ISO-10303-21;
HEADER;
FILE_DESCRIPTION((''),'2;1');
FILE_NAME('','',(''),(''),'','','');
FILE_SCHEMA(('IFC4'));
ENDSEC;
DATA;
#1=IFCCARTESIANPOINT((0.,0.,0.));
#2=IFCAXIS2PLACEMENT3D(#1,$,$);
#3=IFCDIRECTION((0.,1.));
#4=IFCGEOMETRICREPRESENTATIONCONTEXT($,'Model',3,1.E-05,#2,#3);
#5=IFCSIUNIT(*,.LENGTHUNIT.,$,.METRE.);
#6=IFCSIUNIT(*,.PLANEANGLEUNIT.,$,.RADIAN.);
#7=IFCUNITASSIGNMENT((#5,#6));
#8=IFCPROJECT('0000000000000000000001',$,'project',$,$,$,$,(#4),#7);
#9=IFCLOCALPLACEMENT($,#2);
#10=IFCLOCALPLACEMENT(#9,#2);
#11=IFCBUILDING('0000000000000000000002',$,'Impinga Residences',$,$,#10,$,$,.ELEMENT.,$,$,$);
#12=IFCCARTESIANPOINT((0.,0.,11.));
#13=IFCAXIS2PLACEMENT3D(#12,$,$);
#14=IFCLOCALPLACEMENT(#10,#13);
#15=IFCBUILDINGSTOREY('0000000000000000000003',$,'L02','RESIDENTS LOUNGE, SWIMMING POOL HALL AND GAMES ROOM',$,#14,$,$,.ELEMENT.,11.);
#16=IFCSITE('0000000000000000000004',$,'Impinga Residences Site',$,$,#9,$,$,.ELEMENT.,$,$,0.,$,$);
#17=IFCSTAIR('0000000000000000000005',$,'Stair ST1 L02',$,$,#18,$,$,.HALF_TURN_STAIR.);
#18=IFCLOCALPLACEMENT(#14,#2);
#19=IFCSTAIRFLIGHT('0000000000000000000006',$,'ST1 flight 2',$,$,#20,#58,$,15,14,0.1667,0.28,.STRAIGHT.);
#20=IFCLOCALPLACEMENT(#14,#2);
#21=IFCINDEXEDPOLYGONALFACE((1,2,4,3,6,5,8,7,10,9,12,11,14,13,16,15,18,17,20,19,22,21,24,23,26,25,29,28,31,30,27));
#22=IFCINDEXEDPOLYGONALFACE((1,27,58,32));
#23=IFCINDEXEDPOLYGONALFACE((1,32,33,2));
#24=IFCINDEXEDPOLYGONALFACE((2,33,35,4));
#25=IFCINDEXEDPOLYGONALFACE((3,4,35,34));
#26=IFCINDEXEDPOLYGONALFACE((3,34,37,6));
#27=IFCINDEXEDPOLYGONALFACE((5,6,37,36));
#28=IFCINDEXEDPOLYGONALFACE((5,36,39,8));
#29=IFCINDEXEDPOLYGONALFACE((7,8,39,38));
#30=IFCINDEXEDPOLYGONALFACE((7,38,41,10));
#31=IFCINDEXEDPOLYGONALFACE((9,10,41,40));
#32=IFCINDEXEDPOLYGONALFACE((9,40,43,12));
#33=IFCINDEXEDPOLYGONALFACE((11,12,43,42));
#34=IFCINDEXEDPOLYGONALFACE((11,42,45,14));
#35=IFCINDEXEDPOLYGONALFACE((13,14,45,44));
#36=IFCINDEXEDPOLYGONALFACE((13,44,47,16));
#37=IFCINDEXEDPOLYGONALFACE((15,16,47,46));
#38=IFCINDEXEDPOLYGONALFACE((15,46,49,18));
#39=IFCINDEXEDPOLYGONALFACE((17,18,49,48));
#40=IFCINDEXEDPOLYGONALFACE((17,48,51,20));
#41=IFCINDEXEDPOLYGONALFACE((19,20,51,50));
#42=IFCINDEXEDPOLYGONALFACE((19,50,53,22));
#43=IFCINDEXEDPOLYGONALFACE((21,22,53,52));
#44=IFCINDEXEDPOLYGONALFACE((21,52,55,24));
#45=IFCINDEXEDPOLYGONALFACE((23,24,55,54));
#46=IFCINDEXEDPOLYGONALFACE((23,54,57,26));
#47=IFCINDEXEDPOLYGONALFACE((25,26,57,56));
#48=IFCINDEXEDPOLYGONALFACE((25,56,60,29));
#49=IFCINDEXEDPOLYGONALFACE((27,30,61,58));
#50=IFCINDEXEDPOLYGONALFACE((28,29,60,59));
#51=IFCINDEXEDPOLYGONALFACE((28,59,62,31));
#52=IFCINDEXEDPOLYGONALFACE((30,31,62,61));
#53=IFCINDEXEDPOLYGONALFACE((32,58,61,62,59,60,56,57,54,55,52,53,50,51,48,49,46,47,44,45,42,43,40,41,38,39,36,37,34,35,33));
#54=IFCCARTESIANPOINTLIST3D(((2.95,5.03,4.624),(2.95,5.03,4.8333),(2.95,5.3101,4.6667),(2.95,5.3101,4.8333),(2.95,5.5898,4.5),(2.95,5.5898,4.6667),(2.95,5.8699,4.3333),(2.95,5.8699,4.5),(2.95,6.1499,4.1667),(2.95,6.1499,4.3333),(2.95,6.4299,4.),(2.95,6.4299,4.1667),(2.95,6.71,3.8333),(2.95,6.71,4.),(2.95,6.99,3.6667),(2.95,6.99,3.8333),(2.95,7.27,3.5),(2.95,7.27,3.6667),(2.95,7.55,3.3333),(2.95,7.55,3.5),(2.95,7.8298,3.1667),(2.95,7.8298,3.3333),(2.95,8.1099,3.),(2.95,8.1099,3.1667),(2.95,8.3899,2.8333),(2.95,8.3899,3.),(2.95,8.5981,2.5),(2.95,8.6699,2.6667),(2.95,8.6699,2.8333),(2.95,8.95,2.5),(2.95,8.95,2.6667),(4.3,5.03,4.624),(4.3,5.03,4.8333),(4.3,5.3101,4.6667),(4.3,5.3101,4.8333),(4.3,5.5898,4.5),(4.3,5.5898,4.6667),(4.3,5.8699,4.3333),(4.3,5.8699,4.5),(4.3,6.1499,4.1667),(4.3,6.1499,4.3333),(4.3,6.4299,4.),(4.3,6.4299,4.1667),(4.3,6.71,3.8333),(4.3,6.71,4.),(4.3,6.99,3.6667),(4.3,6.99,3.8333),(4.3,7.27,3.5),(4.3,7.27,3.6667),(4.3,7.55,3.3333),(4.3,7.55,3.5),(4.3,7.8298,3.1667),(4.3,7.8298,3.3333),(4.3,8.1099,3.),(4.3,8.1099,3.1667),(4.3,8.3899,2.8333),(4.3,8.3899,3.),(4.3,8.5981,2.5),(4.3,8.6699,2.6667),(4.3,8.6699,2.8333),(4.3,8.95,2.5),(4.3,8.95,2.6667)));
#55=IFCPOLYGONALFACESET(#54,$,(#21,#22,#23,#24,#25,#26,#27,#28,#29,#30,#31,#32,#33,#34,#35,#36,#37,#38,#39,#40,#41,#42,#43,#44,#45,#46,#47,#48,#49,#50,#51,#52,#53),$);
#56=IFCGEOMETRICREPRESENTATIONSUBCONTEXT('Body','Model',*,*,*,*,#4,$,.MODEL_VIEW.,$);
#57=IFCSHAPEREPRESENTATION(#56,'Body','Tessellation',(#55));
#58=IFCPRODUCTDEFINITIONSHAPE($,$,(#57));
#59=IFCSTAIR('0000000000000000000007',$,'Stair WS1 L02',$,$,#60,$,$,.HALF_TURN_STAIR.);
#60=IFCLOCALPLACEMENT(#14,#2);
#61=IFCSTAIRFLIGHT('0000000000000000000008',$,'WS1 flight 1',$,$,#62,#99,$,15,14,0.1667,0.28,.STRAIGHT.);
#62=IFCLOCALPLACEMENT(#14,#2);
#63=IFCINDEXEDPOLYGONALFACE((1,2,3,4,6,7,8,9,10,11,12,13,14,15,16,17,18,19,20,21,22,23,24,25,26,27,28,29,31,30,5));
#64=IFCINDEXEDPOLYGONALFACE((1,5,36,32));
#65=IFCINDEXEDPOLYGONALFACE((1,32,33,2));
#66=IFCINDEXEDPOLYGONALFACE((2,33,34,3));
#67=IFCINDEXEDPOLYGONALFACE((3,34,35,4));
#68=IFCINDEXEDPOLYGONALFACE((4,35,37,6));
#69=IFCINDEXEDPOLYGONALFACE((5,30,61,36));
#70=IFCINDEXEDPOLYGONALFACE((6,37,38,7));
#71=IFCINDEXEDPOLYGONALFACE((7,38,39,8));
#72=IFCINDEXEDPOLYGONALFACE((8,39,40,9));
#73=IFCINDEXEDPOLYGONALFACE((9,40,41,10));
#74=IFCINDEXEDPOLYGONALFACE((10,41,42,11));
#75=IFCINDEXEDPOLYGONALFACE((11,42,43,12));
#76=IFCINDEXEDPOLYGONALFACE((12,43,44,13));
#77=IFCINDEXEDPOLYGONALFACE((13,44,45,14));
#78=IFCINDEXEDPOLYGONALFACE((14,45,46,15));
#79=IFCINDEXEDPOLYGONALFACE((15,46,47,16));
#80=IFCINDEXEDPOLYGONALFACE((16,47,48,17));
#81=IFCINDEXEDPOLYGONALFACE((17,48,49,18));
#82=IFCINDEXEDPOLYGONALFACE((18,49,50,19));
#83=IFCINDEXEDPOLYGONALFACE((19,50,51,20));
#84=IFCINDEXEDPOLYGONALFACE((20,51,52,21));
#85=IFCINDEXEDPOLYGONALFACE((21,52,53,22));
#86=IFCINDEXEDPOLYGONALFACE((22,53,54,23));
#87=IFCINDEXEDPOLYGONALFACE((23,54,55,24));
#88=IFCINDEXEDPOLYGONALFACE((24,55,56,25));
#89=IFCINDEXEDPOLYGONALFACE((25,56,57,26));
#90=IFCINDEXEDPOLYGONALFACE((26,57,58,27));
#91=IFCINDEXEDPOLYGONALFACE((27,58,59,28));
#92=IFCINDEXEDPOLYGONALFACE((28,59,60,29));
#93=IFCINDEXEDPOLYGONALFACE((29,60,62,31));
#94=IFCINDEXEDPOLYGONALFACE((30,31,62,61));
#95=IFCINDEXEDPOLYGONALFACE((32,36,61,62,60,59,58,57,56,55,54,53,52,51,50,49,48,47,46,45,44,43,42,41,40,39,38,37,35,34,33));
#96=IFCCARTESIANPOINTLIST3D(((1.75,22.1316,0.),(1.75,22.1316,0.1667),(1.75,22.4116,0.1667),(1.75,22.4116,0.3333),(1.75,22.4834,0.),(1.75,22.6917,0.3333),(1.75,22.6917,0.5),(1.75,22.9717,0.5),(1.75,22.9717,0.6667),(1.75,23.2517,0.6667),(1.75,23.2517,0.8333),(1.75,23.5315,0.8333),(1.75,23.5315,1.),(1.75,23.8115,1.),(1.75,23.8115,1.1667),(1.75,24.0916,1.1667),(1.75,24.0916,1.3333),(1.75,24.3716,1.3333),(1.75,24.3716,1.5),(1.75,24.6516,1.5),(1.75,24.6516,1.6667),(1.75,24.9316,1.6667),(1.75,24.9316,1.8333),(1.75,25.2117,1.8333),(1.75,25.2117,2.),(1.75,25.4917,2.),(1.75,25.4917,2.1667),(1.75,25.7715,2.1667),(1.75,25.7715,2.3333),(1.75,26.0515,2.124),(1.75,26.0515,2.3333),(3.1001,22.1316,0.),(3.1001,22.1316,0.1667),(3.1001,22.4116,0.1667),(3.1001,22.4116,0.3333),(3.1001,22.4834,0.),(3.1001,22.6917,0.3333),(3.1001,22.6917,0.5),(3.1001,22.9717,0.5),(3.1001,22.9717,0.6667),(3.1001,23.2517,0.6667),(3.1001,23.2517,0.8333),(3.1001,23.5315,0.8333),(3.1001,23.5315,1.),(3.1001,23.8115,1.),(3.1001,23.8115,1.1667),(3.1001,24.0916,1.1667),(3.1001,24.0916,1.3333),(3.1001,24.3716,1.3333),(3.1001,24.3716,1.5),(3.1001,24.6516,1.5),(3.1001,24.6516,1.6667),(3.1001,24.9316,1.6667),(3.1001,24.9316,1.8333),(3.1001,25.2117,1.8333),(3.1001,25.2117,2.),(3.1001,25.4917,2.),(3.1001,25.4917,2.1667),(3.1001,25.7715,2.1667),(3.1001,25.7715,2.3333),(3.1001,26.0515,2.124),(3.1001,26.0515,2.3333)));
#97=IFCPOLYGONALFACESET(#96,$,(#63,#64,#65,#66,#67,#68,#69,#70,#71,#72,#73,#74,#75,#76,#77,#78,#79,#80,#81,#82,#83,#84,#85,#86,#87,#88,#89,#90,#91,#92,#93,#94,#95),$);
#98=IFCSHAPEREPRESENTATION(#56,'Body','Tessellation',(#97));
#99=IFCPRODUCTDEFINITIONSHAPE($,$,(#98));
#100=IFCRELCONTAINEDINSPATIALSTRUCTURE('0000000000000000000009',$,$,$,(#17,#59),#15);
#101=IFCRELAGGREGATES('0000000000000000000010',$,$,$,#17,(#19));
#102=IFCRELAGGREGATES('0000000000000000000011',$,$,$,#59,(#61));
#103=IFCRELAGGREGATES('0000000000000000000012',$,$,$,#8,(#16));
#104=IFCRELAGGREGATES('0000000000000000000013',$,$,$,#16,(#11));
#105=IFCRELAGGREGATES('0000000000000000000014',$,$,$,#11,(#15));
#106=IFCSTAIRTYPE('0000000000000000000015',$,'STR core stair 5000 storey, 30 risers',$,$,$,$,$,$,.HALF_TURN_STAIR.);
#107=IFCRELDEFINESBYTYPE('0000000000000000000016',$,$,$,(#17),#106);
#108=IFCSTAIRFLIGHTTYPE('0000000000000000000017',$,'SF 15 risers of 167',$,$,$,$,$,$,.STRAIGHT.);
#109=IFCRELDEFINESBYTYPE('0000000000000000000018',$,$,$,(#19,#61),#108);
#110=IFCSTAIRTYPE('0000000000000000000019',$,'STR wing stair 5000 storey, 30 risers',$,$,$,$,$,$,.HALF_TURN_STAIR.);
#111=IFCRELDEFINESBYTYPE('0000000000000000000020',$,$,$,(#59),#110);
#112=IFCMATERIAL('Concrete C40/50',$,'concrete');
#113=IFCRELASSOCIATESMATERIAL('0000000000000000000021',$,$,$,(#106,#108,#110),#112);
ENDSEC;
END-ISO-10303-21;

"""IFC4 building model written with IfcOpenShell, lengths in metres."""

from ifc_helpers import new_model, si_unit, direction, frame, origin, place, context, subcontext, project, spatial, polyline, outline, extrude, material, type_object, element, aggregate, save


model = new_model("IFC4")

# Units and contexts
model_context = context("Model", 3, precision=1e-05, world=origin(), true_north=direction((0.0, 1.0)))
body_context = subcontext(model_context, "Body", "Model", "MODEL_VIEW")
ifc_project = project(units=[si_unit("LENGTHUNIT", "METRE"), si_unit("PLANEANGLEUNIT", "RADIAN")], contexts=[model_context])

# Site, building, storey
site_placement = place(None, origin())
site = spatial("IfcSite", under=ifc_project, at=site_placement, Name="Impinga Residences Site", CompositionType="ELEMENT", RefElevation=0.0)
building_placement = place(site_placement, origin())
building = spatial("IfcBuilding", under=site, at=building_placement, Name="Impinga Residences", CompositionType="ELEMENT")
storey_placement = place(building_placement, frame((0.0, 0.0, 11.0)))
storey = spatial("IfcBuildingStorey", under=building, at=storey_placement, Name="L02", Description="RESIDENTS LOUNGE, SWIMMING POOL HALL AND GAMES ROOM", CompositionType="ELEMENT", Elevation=11.0)

# Stairs, stair flights
ifc_material_1 = material(Name="Concrete C40/50", Category="concrete")
stair_type_1 = type_object("IfcStairType", Name="STR core stair 5000 storey, 30 risers", PredefinedType="HALF_TURN_STAIR", material=ifc_material_1)
stair_1_placement = place(storey_placement, origin())
stair_1 = element("IfcStair", 1, at=stair_1_placement, inside=storey, type_object=stair_type_1, Name="Stair ST1 L02", PredefinedType="HALF_TURN_STAIR")
stair_flight_type = type_object("IfcStairFlightType", Name="SF 15 risers of 167", PredefinedType="STRAIGHT", material=ifc_material_1)
stair_flight_1_placement = place(storey_placement, frame((3.625, 8.95, 2.5), z_axis=(0.0, 0.0, 1.0), x_axis=(0.0, -1.0, 0.0)))
stair_flight_1 = element("IfcStairFlight", 2, at=stair_flight_1_placement, type_object=stair_flight_type, Name="ST1 flight 2", NumberOfRisers=15, NumberOfTreads=14, PredefinedType="STRAIGHT", RiserHeight=0.1667, TreadLength=0.28, context=body_context, shape_type="SweptSolid", body=[
    extrude(outline(polyline([(0.0, 0.0), (0.0, 0.1667), (0.28, 0.1667), (0.28, 0.3333), (0.5601, 0.3333), (0.5601, 0.5), (0.8401, 0.5), (0.8401, 0.6667), (1.1201, 0.6667), (1.1201, 0.8333), (1.3999, 0.8333), (1.3999, 1.0), (1.6799, 1.0), (1.6799, 1.1667), (1.96, 1.1667), (1.96, 1.3333), (2.24, 1.3333), (2.24, 1.5), (2.52, 1.5), (2.52, 1.6667), (2.8, 1.6667), (2.8, 1.8333), (3.0801, 1.8333), (3.0801, 2.0), (3.3601, 2.0), (3.3601, 2.1667), (3.6399, 2.1667), (3.6399, 2.3333), (3.9199, 2.3333), (3.9199, 2.5), (3.9199, 2.124), (0.3518, 0.0), (0.0, 0.0)])), frame((0.0, 0.675, 0.0), z_axis=(0.0, -1.0, 0.0), x_axis=(1.0, 0.0, 0.0)), (0.0, 0.0, 1.0), 1.3501),
])
aggregate(stair_1, [stair_flight_1])
stair_type_2 = type_object("IfcStairType", Name="STR wing stair 5000 storey, 30 risers", PredefinedType="HALF_TURN_STAIR", material=ifc_material_1)
stair_2_placement = place(storey_placement, origin())
stair_2 = element("IfcStair", 3, at=stair_2_placement, inside=storey, type_object=stair_type_2, Name="Stair WS1 L02", PredefinedType="HALF_TURN_STAIR")
stair_flight_2_placement = place(storey_placement, frame((2.425, 22.1316, 0.0), z_axis=(0.0, 0.0, 1.0), x_axis=(0.0, 1.0, 0.0)))
stair_flight_2 = element("IfcStairFlight", 4, at=stair_flight_2_placement, type_object=stair_flight_type, Name="WS1 flight 1", NumberOfRisers=15, NumberOfTreads=14, PredefinedType="STRAIGHT", RiserHeight=0.1667, TreadLength=0.28, context=body_context, shape_type="SweptSolid", body=[
    extrude(outline(polyline([(0.0, 0.0), (0.0, 0.1667), (0.28, 0.1667), (0.28, 0.3333), (0.5601, 0.3333), (0.5601, 0.5), (0.8401, 0.5), (0.8401, 0.6667), (1.1201, 0.6667), (1.1201, 0.8333), (1.3999, 0.8333), (1.3999, 1.0), (1.6799, 1.0), (1.6799, 1.1667), (1.96, 1.1667), (1.96, 1.3333), (2.24, 1.3333), (2.24, 1.5), (2.52, 1.5), (2.52, 1.6667), (2.8, 1.6667), (2.8, 1.8333), (3.0801, 1.8333), (3.0801, 2.0), (3.3601, 2.0), (3.3601, 2.1667), (3.6399, 2.1667), (3.6399, 2.3333), (3.9199, 2.3333), (3.9199, 2.5), (3.9199, 2.124), (0.3518, 0.0), (0.0, 0.0)])), frame((0.0, 0.675, 0.0), z_axis=(0.0, -1.0, 0.0), x_axis=(1.0, 0.0, 0.0)), (0.0, 0.0, 1.0), 1.3501),
])
aggregate(stair_2, [stair_flight_2])

save(model, "model.ifc")
